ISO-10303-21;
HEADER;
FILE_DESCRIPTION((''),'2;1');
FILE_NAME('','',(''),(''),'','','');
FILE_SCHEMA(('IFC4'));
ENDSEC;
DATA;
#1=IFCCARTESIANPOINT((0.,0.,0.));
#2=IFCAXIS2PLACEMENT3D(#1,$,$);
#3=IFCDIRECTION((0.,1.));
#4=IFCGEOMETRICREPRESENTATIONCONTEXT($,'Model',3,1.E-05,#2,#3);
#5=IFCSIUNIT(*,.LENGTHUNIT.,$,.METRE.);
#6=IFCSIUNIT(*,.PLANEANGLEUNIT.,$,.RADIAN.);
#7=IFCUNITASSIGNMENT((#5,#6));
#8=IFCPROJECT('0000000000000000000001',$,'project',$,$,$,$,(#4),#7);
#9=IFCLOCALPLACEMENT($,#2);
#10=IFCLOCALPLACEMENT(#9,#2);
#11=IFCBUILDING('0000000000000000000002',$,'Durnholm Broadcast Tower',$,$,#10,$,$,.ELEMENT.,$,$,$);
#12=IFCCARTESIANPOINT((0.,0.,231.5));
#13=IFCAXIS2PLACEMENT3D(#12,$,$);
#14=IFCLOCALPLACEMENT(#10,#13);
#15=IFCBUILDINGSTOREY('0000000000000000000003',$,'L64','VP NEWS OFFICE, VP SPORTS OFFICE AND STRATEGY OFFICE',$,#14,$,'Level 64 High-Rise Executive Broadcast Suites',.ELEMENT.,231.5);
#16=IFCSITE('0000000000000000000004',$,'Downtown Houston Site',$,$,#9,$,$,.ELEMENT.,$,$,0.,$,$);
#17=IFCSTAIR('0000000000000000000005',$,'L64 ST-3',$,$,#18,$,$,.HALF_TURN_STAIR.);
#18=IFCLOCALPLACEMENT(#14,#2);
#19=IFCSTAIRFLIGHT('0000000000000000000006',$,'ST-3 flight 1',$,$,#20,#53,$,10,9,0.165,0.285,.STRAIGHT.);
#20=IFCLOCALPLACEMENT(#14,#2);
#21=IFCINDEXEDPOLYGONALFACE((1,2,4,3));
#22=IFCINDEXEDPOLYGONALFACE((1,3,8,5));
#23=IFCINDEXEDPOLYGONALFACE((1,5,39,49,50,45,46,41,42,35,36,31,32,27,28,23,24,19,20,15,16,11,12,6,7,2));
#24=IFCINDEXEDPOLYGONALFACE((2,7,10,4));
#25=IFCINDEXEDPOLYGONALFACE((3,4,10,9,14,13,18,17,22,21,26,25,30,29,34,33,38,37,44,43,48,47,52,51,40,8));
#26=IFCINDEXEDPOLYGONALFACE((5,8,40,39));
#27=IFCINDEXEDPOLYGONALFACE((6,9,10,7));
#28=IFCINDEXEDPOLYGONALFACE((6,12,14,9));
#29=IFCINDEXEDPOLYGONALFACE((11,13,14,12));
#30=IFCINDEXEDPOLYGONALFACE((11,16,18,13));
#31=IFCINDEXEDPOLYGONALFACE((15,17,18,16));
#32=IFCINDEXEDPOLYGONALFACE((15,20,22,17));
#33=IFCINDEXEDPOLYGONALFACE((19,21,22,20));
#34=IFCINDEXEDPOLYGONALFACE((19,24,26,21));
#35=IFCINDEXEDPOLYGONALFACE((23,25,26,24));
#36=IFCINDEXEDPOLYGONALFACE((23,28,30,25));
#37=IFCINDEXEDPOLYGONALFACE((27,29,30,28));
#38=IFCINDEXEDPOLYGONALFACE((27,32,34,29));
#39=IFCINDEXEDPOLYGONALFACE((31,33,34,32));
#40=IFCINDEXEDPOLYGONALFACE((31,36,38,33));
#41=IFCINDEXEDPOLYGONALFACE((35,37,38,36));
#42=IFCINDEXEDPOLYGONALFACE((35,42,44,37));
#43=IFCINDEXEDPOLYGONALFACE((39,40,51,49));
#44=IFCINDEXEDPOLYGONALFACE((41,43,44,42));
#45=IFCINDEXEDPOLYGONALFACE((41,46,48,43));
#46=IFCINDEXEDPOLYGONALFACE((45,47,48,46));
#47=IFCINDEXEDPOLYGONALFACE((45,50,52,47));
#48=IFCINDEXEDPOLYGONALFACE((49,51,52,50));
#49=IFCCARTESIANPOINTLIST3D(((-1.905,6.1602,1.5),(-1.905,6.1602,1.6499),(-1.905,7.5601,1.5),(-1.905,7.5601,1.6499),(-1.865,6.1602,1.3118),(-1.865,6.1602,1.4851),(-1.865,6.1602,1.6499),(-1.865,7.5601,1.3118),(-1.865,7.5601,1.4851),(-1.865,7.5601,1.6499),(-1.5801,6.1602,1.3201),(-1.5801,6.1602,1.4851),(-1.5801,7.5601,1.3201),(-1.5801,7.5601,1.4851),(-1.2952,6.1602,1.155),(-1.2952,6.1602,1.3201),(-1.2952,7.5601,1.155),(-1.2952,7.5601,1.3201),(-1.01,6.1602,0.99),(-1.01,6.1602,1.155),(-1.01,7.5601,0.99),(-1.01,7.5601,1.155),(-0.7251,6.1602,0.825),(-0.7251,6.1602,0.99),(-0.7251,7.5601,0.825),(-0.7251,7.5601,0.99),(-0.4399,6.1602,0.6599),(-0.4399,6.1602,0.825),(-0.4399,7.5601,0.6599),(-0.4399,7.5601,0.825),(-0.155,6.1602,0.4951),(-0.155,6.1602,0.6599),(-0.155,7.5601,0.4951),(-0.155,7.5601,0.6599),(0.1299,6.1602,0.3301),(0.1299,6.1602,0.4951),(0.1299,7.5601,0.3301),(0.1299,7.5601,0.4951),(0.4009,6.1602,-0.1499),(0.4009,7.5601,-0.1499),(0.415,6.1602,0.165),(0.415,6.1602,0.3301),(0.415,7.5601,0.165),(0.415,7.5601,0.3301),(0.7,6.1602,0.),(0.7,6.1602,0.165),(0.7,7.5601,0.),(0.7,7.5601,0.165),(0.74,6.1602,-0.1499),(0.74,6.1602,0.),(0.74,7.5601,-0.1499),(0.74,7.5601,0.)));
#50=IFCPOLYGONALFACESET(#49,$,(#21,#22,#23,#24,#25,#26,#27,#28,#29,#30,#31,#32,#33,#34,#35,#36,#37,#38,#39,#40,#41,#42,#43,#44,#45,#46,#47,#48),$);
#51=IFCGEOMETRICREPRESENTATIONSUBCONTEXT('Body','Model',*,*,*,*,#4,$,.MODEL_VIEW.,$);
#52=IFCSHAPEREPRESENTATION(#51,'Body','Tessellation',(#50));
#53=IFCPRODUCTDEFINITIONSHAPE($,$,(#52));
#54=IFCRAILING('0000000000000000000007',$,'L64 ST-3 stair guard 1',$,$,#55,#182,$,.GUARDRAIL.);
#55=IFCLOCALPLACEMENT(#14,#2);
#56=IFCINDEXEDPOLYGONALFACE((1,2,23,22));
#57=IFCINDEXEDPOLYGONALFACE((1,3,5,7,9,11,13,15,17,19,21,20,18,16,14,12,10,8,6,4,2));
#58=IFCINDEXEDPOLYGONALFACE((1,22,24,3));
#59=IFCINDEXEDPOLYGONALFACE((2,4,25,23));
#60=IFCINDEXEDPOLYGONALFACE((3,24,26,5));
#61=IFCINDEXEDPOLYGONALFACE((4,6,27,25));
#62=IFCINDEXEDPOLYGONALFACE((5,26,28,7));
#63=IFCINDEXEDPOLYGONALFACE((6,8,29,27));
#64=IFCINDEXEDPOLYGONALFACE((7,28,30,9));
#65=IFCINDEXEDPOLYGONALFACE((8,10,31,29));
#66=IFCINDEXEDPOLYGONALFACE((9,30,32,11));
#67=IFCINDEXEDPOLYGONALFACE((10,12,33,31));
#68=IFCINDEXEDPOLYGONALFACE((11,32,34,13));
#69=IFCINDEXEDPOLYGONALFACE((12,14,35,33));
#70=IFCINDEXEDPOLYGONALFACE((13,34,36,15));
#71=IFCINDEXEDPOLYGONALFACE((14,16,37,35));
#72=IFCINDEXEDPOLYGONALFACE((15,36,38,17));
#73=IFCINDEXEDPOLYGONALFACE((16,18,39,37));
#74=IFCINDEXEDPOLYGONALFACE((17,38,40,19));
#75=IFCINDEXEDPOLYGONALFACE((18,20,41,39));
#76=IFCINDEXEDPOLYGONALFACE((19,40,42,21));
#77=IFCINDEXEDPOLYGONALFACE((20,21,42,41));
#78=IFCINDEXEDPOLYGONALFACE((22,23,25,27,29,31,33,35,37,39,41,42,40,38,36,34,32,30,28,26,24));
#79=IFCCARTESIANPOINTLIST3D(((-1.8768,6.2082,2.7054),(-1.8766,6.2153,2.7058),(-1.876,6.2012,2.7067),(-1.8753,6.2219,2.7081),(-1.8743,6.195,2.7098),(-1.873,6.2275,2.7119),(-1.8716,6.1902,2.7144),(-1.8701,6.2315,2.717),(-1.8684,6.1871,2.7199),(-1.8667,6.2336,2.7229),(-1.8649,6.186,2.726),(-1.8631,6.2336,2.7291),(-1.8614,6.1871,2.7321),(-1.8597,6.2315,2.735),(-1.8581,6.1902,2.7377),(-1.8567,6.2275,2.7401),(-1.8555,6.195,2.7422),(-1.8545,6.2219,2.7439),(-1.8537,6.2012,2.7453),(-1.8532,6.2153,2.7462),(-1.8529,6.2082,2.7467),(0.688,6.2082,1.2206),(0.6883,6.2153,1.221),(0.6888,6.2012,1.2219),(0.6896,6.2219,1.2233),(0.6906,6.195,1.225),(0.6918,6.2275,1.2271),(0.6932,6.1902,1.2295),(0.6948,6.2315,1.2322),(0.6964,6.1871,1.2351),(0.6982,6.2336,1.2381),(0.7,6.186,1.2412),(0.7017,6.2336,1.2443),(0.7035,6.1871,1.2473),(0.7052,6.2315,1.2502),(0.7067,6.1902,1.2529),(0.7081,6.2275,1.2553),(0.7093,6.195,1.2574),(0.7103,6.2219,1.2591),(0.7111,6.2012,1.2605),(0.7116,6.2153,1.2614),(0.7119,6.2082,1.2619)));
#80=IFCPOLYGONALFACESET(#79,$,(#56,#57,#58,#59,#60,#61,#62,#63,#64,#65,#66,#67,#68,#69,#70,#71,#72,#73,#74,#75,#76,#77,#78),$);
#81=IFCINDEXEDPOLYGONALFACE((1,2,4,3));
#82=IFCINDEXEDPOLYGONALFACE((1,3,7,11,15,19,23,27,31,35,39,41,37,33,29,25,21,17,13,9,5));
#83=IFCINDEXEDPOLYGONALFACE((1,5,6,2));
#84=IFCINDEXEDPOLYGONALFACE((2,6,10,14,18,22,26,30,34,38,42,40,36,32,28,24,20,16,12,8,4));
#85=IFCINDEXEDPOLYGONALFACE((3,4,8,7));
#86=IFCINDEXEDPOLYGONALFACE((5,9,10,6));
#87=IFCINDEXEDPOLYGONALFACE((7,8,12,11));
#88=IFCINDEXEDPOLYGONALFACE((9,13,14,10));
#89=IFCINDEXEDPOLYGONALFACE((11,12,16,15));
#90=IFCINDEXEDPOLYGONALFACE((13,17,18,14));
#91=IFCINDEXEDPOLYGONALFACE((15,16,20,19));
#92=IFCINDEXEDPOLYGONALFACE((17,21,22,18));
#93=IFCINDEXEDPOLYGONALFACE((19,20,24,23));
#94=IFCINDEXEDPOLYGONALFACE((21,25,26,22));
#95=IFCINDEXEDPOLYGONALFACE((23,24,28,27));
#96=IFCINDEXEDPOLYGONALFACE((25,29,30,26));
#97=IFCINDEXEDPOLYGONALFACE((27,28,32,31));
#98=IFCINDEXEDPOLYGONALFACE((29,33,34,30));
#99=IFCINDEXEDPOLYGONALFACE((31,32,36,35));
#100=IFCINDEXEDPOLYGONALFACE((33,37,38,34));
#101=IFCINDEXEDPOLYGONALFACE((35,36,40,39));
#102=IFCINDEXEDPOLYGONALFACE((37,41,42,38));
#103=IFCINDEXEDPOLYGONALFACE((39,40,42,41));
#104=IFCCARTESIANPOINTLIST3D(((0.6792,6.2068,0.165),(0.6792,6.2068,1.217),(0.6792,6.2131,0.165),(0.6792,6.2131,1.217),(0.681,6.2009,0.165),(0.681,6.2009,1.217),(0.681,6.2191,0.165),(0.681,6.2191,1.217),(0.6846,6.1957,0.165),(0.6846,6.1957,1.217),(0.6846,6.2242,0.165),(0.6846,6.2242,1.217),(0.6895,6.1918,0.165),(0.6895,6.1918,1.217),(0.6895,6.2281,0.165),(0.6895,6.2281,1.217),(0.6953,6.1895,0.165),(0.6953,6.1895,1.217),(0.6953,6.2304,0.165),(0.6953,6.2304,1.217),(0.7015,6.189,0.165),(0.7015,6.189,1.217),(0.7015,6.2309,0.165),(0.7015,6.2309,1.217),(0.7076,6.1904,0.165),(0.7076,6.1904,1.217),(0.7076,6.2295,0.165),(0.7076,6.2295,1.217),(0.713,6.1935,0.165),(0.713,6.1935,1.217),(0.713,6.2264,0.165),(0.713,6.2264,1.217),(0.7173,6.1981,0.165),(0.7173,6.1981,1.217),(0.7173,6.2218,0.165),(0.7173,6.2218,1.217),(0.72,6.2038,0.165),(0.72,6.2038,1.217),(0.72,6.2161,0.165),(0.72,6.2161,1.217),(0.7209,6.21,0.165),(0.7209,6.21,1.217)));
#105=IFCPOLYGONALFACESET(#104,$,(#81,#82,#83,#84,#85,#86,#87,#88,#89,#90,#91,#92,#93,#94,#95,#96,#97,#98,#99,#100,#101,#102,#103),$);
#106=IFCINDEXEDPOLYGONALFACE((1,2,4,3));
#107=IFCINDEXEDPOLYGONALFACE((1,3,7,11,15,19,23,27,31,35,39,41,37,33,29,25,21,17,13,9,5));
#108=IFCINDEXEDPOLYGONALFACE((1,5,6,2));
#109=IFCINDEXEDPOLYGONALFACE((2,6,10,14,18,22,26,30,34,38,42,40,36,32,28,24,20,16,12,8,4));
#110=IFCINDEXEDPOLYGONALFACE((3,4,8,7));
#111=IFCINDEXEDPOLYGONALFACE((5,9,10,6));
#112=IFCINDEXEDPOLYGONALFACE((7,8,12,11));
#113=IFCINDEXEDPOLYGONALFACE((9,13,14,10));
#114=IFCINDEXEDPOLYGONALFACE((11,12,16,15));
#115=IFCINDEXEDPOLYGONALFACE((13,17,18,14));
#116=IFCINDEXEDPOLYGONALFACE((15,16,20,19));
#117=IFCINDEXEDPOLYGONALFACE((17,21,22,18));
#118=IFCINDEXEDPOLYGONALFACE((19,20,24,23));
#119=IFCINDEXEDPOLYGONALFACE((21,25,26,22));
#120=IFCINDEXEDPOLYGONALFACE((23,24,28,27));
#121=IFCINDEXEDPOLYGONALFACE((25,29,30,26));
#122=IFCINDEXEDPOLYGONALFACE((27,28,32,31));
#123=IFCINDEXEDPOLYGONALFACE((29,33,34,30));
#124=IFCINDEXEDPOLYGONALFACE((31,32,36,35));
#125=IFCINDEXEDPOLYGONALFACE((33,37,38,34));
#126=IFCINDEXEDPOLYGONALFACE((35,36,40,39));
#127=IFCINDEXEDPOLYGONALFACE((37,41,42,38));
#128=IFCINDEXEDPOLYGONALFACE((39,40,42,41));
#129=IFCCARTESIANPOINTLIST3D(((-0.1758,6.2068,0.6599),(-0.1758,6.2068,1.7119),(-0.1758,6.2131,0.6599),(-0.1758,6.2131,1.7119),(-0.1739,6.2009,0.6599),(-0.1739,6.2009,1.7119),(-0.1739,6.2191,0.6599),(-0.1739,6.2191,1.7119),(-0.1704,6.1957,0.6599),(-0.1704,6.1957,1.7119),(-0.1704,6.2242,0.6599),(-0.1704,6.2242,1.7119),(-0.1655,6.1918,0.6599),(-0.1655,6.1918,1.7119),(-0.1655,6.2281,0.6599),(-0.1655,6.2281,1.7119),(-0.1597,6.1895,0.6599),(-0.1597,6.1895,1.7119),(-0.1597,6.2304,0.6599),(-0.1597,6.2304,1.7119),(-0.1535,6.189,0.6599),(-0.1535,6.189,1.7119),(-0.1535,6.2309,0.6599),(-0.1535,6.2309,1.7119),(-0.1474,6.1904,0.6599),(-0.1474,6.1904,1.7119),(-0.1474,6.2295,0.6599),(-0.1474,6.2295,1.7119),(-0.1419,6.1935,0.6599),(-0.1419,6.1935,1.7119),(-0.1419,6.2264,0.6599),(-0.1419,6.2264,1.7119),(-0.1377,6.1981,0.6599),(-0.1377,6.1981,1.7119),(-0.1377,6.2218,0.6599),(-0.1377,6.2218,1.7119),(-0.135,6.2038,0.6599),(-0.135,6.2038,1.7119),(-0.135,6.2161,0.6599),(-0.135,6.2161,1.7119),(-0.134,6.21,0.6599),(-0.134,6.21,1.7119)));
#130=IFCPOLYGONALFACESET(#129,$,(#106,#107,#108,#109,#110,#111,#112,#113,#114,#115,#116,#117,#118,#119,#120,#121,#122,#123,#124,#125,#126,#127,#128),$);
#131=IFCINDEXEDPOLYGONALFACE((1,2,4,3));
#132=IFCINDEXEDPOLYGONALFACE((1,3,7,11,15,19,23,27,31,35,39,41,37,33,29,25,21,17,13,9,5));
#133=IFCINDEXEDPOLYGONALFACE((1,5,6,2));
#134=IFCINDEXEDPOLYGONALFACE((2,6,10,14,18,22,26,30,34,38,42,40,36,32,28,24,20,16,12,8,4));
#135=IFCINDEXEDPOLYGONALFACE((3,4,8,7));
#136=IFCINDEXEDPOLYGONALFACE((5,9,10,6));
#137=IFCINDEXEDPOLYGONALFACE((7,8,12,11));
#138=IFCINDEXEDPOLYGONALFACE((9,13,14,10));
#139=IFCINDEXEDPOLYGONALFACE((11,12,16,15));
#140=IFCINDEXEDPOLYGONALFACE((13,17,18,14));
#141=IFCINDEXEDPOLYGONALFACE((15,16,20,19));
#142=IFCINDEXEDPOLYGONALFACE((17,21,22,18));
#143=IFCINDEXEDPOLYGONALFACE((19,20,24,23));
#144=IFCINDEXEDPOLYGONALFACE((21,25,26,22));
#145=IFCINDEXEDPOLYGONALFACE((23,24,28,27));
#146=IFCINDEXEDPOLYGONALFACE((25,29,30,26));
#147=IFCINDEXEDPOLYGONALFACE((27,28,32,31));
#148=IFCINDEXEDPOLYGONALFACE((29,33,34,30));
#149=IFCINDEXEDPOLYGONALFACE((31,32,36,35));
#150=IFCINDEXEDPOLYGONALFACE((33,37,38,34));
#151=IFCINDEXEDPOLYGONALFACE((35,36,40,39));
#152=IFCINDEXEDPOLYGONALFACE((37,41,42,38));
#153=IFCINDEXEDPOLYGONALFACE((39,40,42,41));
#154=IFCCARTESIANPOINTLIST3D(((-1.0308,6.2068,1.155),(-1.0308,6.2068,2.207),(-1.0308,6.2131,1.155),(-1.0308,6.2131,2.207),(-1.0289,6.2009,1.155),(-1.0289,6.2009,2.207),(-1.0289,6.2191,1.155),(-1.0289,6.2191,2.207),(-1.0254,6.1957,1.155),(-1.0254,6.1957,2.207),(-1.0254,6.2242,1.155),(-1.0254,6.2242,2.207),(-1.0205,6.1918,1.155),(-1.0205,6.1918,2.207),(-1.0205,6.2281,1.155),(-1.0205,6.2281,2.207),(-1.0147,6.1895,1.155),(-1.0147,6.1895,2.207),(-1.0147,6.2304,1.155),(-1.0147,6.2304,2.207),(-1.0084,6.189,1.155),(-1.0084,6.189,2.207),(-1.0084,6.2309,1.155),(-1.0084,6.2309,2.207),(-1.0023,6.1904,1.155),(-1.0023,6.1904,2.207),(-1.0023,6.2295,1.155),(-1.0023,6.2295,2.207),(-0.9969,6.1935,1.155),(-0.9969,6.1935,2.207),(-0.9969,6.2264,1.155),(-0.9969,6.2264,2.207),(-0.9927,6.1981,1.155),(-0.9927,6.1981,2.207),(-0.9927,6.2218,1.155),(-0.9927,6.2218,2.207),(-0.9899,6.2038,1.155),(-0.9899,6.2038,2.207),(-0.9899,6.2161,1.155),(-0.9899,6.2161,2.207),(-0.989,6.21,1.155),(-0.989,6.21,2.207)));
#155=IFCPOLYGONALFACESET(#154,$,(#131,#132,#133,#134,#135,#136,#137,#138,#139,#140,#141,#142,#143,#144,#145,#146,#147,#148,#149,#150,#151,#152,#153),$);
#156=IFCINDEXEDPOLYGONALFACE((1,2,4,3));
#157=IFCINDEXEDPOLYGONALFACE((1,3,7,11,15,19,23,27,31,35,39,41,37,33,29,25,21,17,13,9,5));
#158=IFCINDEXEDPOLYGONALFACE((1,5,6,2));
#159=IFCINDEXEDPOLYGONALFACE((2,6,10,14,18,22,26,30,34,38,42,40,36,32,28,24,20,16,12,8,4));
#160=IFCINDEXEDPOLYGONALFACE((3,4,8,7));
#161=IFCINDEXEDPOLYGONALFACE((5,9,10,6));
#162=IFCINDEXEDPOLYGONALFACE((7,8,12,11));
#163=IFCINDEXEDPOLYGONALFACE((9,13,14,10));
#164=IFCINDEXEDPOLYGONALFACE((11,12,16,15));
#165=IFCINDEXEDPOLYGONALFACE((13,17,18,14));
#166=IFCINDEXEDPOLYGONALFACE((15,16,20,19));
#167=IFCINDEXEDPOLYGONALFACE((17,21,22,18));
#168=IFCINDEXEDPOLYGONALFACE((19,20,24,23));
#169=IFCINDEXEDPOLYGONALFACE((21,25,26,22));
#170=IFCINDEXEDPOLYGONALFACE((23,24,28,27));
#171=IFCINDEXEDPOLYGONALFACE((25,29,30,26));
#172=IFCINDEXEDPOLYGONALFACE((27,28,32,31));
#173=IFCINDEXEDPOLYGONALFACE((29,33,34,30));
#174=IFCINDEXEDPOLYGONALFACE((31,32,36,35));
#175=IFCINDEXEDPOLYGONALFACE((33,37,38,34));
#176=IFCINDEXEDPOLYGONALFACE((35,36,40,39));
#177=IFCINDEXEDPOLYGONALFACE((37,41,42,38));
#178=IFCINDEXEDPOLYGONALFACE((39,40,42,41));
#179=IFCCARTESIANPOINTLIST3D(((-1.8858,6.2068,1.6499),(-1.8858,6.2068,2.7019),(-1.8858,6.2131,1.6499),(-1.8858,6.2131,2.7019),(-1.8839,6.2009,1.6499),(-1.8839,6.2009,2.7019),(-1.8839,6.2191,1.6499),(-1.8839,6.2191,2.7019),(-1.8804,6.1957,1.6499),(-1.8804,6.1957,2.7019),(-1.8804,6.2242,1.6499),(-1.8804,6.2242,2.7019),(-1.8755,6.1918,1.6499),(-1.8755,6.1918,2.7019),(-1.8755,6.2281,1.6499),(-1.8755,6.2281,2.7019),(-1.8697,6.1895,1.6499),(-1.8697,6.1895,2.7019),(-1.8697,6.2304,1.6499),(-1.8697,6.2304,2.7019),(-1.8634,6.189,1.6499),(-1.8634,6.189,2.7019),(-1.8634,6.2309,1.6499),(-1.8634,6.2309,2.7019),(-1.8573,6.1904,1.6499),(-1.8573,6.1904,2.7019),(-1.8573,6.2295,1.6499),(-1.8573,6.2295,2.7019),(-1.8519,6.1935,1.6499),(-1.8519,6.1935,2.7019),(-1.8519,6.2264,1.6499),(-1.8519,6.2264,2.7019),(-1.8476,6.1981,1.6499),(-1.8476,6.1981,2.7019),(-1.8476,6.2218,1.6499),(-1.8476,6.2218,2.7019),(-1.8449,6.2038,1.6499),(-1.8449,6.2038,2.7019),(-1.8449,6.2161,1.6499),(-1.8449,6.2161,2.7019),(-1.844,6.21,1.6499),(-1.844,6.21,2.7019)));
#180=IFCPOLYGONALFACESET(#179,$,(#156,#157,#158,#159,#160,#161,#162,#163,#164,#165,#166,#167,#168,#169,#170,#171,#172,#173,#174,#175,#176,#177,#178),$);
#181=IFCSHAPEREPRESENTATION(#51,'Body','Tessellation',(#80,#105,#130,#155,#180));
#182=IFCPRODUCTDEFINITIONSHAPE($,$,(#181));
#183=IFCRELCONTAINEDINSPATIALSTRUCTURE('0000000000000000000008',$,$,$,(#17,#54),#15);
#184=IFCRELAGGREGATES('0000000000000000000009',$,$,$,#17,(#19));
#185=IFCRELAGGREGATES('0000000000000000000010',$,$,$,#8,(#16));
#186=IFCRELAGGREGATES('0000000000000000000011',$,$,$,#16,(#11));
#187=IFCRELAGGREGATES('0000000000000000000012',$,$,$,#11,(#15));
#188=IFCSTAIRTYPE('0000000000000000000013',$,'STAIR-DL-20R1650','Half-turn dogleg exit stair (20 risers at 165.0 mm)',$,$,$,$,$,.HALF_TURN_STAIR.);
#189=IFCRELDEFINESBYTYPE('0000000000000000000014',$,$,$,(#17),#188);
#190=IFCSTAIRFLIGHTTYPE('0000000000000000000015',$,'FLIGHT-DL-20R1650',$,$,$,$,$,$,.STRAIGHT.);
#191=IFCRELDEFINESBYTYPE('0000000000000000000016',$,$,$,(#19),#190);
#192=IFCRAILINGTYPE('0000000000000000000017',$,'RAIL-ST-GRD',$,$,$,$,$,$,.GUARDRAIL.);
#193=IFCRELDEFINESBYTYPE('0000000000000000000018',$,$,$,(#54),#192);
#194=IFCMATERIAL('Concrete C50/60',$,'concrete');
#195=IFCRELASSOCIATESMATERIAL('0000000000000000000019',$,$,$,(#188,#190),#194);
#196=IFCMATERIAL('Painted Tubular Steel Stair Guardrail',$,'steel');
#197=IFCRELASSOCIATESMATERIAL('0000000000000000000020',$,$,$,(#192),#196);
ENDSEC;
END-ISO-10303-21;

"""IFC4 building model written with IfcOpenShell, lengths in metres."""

from ifc_helpers import new_model, si_unit, direction, frame, origin, origin_2d, place, context, subcontext, project, spatial, polyline, circle, outline, extrude, material, type_object, element, aggregate, save


model = new_model("IFC4")

# Units and contexts
model_context = context("Model", 3, precision=1e-05, world=origin(), true_north=direction((0.0, 1.0)))
body_context = subcontext(model_context, "Body", "Model", "MODEL_VIEW")
ifc_project = project(units=[si_unit("LENGTHUNIT", "METRE"), si_unit("PLANEANGLEUNIT", "RADIAN")], contexts=[model_context])

# Site, building, storey
site_placement = place(None, origin())
site = spatial("IfcSite", under=ifc_project, at=site_placement, Name="Downtown Houston Site", CompositionType="ELEMENT", RefElevation=0.0)
building_placement = place(site_placement, origin())
building = spatial("IfcBuilding", under=site, at=building_placement, Name="Durnholm Broadcast Tower", CompositionType="ELEMENT")
storey_placement = place(building_placement, frame((0.0, 0.0, 231.5)))
storey = spatial("IfcBuildingStorey", under=building, at=storey_placement, Name="L64", Description="VP NEWS OFFICE, VP SPORTS OFFICE AND STRATEGY OFFICE", LongName="Level 64 High-Rise Executive Broadcast Suites", CompositionType="ELEMENT", Elevation=231.5)

# Stair
ifc_material_1 = material(Name="Concrete C50/60", Category="concrete")
stair_type = type_object("IfcStairType", Name="STAIR-DL-20R1650", Description="Half-turn dogleg exit stair (20 risers at 165.0 mm)", PredefinedType="HALF_TURN_STAIR", material=ifc_material_1)
stair_1_placement = place(storey_placement, origin())
stair_1 = element("IfcStair", 1, at=stair_1_placement, inside=storey, type_object=stair_type, Name="L64 ST-3", PredefinedType="HALF_TURN_STAIR")

# Stair flight
stair_flight_type = type_object("IfcStairFlightType", Name="FLIGHT-DL-20R1650", PredefinedType="STRAIGHT", material=ifc_material_1)
stair_flight_placement = place(storey_placement, frame((0.7, 6.8601, 0.0), z_axis=(0.0, 0.0, 1.0), x_axis=(-1.0, 0.0, 0.0)))
stair_flight = element("IfcStairFlight", 2, at=stair_flight_placement, type_object=stair_flight_type, Name="ST-3 flight 1", NumberOfRisers=10, NumberOfTreads=9, PredefinedType="STRAIGHT", RiserHeight=0.165, TreadLength=0.285, context=body_context, shape_type="SweptSolid", body=[
    extrude(outline(polyline([(-0.04, -0.1499), (-0.04, 0.0), (0.0, 0.0), (0.0, 0.165), (0.2849, 0.165), (0.2849, 0.3301), (0.5701, 0.3301), (0.5701, 0.4951), (0.855, 0.4951), (0.855, 0.6599), (1.1399, 0.6599), (1.1399, 0.825), (1.425, 0.825), (1.425, 0.99), (1.71, 0.99), (1.71, 1.155), (1.9951, 1.155), (1.9951, 1.3201), (2.28, 1.3201), (2.28, 1.4851), (2.5649, 1.4851), (2.5649, 1.6499), (2.605, 1.6499), (2.605, 1.5), (2.5649, 1.3118), (0.2991, -0.1499), (-0.04, -0.1499)])), frame((0.0, 0.7, 0.0), z_axis=(0.0, -1.0, 0.0), x_axis=(1.0, 0.0, 0.0)), (0.0, 0.0, 1.0), 1.3999),
])
aggregate(stair_1, [stair_flight])

# Railing
ifc_material_2 = material(Name="Painted Tubular Steel Stair Guardrail", Category="steel")
railing_type = type_object("IfcRailingType", Name="RAIL-ST-GRD", PredefinedType="GUARDRAIL", material=ifc_material_2)
railing_1_placement = place(storey_placement, frame((0.7, 6.21, 0.165)))
element("IfcRailing", 3, at=railing_1_placement, inside=storey, type_object=railing_type, Name="L64 ST-3 stair guard 1", PredefinedType="GUARDRAIL", context=body_context, shape_type="SweptSolid", body=[
    extrude(circle(Radius=0.0239, at=origin_2d()), frame((0.0, 0.0, 1.0762), z_axis=(-0.865441, 0.0, 0.50101), x_axis=(0.0, -1.0, 0.0)), (0.0, 0.0, 1.0), 2.9636),
    extrude(circle(Radius=0.021, at=origin_2d()), origin(), (0.0, 0.0, 1.0), 1.052),
    extrude(circle(Radius=0.021, at=origin_2d()), frame((-0.855, 0.0, 0.4949)), (0.0, 0.0, 1.0), 1.052),
    extrude(circle(Radius=0.021, at=origin_2d()), frame((-1.71, 0.0, 0.99)), (0.0, 0.0, 1.0), 1.052),
    extrude(circle(Radius=0.021, at=origin_2d()), frame((-2.5649, 0.0, 1.4849)), (0.0, 0.0, 1.0), 1.052),
])

save(model, "model.ifc")
